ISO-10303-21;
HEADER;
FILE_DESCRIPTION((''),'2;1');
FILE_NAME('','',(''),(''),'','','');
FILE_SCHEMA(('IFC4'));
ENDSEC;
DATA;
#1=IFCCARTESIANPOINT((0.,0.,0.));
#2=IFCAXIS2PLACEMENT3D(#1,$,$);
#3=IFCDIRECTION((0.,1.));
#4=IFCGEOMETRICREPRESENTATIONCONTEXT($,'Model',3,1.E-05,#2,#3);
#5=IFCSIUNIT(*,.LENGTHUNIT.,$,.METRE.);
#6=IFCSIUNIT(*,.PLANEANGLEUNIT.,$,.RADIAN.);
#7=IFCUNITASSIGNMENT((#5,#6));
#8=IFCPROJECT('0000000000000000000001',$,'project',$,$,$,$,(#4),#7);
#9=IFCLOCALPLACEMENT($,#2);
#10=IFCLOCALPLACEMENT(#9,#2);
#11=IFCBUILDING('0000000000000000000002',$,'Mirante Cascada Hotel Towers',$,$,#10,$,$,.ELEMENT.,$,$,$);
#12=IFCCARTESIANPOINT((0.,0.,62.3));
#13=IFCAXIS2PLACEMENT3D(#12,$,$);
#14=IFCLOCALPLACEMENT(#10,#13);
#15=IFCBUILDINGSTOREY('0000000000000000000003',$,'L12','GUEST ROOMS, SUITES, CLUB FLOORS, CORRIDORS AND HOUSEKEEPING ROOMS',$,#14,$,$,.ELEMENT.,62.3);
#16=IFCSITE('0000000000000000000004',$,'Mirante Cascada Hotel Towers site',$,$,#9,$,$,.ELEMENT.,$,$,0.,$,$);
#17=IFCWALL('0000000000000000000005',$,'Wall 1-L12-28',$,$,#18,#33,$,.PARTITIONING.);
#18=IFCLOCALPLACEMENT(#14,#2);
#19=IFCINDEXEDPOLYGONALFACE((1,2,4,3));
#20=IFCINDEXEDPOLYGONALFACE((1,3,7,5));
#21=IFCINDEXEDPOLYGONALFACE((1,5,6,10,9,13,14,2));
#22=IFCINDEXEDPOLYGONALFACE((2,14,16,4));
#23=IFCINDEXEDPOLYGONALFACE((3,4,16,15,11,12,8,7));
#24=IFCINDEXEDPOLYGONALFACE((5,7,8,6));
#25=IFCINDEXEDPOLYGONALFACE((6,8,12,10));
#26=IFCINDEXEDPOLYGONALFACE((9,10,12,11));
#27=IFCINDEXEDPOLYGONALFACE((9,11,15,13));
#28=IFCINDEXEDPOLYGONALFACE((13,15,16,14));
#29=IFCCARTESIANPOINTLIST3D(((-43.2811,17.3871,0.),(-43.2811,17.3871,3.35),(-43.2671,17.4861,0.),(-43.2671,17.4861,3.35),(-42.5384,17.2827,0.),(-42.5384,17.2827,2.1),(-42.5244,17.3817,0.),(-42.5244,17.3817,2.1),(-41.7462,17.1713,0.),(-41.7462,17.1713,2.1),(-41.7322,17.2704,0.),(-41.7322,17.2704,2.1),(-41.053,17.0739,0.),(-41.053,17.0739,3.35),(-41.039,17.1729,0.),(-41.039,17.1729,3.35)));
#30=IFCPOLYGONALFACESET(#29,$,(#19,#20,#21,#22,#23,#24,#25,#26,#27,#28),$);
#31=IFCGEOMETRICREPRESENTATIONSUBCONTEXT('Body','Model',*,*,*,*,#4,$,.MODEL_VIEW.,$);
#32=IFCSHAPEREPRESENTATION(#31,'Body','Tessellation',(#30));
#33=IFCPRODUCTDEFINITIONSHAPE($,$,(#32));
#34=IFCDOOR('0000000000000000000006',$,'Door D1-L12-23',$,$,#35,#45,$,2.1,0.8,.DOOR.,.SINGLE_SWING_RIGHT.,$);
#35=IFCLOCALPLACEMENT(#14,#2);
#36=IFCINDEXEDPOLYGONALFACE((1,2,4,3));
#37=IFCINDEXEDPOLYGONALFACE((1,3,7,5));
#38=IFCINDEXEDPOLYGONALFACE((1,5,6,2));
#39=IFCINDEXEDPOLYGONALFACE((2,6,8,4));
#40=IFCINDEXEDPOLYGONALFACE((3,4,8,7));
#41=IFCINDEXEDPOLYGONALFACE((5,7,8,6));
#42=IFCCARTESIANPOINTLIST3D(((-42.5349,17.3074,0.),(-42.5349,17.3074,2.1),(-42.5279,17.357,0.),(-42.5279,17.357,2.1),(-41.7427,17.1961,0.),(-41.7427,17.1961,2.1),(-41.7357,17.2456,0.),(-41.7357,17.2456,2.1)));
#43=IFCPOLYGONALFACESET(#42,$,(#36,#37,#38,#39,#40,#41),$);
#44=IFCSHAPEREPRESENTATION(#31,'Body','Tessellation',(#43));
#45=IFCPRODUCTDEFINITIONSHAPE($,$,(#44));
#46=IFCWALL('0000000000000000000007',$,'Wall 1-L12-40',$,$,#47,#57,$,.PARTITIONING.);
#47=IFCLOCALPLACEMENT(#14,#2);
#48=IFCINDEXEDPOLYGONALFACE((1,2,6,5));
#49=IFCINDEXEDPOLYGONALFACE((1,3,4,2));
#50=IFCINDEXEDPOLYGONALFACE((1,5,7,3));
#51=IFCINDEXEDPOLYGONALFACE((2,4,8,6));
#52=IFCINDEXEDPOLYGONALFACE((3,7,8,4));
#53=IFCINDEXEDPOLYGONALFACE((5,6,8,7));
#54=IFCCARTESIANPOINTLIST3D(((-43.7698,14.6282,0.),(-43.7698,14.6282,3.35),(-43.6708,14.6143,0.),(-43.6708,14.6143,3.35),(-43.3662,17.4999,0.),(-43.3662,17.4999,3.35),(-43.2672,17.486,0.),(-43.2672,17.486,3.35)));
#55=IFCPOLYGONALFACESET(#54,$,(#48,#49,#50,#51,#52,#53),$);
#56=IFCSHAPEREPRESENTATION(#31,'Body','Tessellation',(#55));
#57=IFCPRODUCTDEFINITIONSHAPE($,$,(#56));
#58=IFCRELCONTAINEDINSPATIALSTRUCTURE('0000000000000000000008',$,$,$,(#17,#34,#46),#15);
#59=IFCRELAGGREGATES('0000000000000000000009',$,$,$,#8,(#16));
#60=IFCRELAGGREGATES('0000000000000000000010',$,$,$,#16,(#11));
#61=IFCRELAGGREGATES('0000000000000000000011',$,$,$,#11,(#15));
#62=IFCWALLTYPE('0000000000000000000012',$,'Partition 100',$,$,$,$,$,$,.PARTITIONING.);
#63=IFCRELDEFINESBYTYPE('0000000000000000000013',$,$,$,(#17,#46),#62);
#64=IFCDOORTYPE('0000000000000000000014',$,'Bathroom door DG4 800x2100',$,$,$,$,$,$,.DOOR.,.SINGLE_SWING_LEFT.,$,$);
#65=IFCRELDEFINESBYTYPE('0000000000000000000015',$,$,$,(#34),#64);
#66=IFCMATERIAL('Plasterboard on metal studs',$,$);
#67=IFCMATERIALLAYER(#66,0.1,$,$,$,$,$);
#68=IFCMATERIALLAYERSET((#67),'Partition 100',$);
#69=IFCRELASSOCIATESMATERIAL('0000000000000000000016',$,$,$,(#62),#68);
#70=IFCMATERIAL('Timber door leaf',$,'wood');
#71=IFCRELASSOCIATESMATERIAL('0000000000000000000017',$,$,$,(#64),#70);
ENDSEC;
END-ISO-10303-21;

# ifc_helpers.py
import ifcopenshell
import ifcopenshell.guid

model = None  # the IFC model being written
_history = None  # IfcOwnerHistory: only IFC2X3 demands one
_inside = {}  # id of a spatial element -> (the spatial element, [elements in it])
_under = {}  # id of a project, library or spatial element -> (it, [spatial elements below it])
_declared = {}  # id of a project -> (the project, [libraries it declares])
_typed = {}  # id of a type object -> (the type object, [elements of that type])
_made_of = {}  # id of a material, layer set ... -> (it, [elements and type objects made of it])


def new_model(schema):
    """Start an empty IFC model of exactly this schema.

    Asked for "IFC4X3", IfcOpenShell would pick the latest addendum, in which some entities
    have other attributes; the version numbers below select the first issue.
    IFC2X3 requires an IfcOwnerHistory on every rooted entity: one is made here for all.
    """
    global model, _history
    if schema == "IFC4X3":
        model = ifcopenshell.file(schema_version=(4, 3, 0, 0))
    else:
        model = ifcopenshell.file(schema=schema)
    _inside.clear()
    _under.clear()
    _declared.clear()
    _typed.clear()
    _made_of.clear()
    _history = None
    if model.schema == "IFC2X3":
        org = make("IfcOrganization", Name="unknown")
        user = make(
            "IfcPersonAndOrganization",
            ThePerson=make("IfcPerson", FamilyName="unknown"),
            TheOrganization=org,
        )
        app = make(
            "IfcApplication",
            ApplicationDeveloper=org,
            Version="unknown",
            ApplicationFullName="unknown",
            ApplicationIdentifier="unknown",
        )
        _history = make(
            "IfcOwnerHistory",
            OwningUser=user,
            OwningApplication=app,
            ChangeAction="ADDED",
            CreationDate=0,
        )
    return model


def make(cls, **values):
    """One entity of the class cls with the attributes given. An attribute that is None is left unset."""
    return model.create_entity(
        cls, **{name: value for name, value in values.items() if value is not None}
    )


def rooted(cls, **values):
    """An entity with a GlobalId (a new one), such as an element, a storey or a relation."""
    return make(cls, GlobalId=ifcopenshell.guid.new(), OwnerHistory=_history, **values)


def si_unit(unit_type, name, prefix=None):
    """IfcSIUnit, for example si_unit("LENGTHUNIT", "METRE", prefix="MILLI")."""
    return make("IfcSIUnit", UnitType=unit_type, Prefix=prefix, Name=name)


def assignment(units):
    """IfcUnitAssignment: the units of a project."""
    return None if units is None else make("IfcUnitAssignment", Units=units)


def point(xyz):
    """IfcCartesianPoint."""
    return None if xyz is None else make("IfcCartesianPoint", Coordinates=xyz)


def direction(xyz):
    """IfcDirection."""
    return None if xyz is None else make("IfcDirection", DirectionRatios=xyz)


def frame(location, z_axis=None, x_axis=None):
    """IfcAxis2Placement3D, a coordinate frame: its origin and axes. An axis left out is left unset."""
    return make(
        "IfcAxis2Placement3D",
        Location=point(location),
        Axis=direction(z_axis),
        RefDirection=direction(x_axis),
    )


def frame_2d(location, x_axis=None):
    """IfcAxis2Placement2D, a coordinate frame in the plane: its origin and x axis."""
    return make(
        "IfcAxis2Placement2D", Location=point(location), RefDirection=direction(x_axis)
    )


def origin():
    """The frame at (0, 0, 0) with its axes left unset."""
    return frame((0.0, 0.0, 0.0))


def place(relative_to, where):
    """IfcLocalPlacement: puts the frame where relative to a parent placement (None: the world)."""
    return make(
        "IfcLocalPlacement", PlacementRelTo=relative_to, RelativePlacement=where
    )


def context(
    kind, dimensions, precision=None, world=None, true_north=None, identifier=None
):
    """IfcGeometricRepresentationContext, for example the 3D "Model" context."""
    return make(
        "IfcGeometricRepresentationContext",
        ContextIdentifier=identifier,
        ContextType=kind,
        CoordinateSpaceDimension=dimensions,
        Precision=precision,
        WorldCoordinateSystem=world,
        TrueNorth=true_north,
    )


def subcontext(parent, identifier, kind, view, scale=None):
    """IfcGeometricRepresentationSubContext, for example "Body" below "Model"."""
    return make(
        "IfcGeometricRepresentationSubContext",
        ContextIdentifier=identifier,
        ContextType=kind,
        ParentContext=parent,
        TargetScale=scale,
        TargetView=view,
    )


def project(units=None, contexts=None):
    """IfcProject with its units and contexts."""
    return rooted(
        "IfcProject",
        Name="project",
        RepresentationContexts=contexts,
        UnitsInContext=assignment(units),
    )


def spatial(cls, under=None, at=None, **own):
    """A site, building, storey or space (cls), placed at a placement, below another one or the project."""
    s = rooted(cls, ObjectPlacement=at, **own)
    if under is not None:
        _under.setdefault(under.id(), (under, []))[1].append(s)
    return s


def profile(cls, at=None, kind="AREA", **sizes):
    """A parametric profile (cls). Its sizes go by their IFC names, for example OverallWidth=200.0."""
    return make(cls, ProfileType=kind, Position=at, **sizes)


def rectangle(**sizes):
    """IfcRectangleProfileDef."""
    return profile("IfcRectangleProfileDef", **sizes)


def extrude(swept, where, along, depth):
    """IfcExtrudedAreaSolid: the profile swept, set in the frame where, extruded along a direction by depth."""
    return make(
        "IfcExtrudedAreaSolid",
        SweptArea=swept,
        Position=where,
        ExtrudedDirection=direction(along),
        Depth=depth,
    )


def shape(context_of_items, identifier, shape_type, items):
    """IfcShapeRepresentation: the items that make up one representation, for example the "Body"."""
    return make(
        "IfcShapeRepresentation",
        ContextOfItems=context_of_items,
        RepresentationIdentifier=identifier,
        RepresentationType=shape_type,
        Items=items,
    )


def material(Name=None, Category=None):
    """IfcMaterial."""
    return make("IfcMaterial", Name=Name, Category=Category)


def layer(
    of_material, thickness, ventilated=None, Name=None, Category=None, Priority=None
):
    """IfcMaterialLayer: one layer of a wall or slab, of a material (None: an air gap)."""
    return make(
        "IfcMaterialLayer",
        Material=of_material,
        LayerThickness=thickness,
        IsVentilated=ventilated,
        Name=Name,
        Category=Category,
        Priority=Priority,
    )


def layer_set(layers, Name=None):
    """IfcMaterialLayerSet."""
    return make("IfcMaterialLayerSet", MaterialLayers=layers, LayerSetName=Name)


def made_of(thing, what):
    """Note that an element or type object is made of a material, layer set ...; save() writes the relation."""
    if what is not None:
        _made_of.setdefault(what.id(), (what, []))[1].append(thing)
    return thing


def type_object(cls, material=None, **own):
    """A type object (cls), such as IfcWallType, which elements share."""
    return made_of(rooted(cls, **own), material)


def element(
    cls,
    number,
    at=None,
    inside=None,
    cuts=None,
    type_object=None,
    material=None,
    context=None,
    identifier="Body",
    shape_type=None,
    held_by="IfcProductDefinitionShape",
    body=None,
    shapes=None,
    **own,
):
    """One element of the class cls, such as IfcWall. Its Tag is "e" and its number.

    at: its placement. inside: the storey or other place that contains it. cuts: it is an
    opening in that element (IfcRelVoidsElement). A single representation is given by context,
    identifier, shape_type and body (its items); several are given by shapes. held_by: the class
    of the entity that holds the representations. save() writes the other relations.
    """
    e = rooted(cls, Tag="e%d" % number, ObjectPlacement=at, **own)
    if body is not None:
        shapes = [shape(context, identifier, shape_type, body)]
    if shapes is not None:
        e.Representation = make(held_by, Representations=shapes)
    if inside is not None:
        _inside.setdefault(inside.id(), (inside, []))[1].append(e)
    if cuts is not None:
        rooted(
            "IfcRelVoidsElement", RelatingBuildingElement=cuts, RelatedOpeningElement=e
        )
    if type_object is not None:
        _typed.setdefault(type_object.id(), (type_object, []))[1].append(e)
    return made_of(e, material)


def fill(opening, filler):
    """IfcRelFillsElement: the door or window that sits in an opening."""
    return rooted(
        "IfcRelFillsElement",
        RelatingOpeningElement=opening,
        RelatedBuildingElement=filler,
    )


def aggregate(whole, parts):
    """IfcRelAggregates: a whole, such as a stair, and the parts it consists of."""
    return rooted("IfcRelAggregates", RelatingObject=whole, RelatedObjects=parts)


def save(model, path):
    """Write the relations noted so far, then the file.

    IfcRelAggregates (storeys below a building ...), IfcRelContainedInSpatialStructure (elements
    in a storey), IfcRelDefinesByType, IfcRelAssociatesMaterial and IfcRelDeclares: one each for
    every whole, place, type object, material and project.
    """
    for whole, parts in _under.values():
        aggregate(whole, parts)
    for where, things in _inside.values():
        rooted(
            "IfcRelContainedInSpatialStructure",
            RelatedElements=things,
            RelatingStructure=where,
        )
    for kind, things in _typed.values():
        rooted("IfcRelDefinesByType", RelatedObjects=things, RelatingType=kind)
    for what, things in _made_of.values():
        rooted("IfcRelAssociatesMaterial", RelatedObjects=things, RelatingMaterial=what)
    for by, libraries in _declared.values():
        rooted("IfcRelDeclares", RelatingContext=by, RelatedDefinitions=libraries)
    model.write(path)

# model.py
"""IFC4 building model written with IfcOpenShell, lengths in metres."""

from ifc_helpers import new_model, si_unit, direction, frame, frame_2d, origin, place, context, subcontext, project, spatial, rectangle, extrude, material, layer, layer_set, type_object, element, fill, save


model = new_model("IFC4")

# Units and contexts
model_context = context("Model", 3, precision=1e-05, world=origin(), true_north=direction((0.0, 1.0)))
body_context = subcontext(model_context, "Body", "Model", "MODEL_VIEW")
ifc_project = project(units=[si_unit("LENGTHUNIT", "METRE"), si_unit("PLANEANGLEUNIT", "RADIAN")], contexts=[model_context])

# Site, building, storey
site_placement = place(None, origin())
site = spatial("IfcSite", under=ifc_project, at=site_placement, Name="Mirante Cascada Hotel Towers site", CompositionType="ELEMENT", RefElevation=0.0)
building_placement = place(site_placement, origin())
building = spatial("IfcBuilding", under=site, at=building_placement, Name="Mirante Cascada Hotel Towers", CompositionType="ELEMENT")
storey_placement = place(building_placement, frame((0.0, 0.0, 62.3)))
storey = spatial("IfcBuildingStorey", under=building, at=storey_placement, Name="L12", Description="GUEST ROOMS, SUITES, CLUB FLOORS, CORRIDORS AND HOUSEKEEPING ROOMS", CompositionType="ELEMENT", Elevation=62.3)

# Wall, opening, door
ifc_material_1 = material(Name="Plasterboard on metal studs")
ifc_layer_1 = layer(ifc_material_1, 0.1)
ifc_layer_set_1 = layer_set([ifc_layer_1], Name="Partition 100")
wall_type_1 = type_object("IfcWallType", Name="Partition 100", PredefinedType="PARTITIONING", material=ifc_layer_set_1)
wall_1_placement = place(storey_placement, frame((-43.2741, 17.4366, 0.0), z_axis=(0.0, 0.0, 1.0), x_axis=(0.990264, -0.1392, 0.0)))
wall_1 = element("IfcWall", 1, at=wall_1_placement, inside=storey, type_object=wall_type_1, Name="Wall 1-L12-28", PredefinedType="PARTITIONING", context=body_context, shape_type="SweptSolid", body=[
    extrude(rectangle(XDim=2.25, YDim=0.1, at=frame_2d((1.125, 0.0))), origin(), (0.0, 0.0, 1.0), 3.35),
])
opening_placement = place(wall_1_placement, frame((0.75, 0.0, 0.0)))
opening = element("IfcOpeningElement", 2, at=opening_placement, cuts=wall_1, PredefinedType="OPENING", context=body_context, shape_type="SweptSolid", body=[
    extrude(rectangle(XDim=0.8, YDim=2.1, at=frame_2d((0.4, 1.05))), frame((0.0, 0.05, 0.0), z_axis=(0.0, -1.0, 0.0), x_axis=(1.0, 0.0, 0.0)), (0.0, 0.0, 1.0), 0.1),
])
ifc_material_2 = material(Name="Timber door leaf", Category="wood")
door_type = type_object("IfcDoorType", Name="Bathroom door DG4 800x2100", OperationType="SINGLE_SWING_LEFT", PredefinedType="DOOR", material=ifc_material_2)
door_placement = place(opening_placement, frame((0.8, 0.0, 0.0), z_axis=(0.0, 0.0, 1.0), x_axis=(-1.0, 0.0, 0.0)))
door = element("IfcDoor", 3, at=door_placement, inside=storey, type_object=door_type, Name="Door D1-L12-23", OperationType="SINGLE_SWING_RIGHT", OverallHeight=2.1, OverallWidth=0.8, PredefinedType="DOOR", context=body_context, shape_type="SweptSolid", body=[
    extrude(rectangle(XDim=0.8, YDim=2.1, at=frame_2d((0.4, 1.05))), frame((0.0, 0.025, 0.0), z_axis=(0.0, -1.0, 0.0), x_axis=(1.0, 0.0, 0.0)), (0.0, 0.0, 1.0), 0.05),
])
fill(opening, door)

# Wall
wall_2_placement = place(storey_placement, frame((-43.3167, 17.493, 0.0), z_axis=(0.0, 0.0, 1.0), x_axis=(-0.139176, -0.990268, 0.0)))
element("IfcWall", 4, at=wall_2_placement, inside=storey, type_object=wall_type_1, Name="Wall 1-L12-40", PredefinedType="PARTITIONING", context=body_context, shape_type="SweptSolid", body=[
    extrude(rectangle(XDim=2.8999, YDim=0.1, at=frame_2d((1.45, 0.0))), origin(), (0.0, 0.0, 1.0), 3.35),
])

save(model, "model.ifc")
